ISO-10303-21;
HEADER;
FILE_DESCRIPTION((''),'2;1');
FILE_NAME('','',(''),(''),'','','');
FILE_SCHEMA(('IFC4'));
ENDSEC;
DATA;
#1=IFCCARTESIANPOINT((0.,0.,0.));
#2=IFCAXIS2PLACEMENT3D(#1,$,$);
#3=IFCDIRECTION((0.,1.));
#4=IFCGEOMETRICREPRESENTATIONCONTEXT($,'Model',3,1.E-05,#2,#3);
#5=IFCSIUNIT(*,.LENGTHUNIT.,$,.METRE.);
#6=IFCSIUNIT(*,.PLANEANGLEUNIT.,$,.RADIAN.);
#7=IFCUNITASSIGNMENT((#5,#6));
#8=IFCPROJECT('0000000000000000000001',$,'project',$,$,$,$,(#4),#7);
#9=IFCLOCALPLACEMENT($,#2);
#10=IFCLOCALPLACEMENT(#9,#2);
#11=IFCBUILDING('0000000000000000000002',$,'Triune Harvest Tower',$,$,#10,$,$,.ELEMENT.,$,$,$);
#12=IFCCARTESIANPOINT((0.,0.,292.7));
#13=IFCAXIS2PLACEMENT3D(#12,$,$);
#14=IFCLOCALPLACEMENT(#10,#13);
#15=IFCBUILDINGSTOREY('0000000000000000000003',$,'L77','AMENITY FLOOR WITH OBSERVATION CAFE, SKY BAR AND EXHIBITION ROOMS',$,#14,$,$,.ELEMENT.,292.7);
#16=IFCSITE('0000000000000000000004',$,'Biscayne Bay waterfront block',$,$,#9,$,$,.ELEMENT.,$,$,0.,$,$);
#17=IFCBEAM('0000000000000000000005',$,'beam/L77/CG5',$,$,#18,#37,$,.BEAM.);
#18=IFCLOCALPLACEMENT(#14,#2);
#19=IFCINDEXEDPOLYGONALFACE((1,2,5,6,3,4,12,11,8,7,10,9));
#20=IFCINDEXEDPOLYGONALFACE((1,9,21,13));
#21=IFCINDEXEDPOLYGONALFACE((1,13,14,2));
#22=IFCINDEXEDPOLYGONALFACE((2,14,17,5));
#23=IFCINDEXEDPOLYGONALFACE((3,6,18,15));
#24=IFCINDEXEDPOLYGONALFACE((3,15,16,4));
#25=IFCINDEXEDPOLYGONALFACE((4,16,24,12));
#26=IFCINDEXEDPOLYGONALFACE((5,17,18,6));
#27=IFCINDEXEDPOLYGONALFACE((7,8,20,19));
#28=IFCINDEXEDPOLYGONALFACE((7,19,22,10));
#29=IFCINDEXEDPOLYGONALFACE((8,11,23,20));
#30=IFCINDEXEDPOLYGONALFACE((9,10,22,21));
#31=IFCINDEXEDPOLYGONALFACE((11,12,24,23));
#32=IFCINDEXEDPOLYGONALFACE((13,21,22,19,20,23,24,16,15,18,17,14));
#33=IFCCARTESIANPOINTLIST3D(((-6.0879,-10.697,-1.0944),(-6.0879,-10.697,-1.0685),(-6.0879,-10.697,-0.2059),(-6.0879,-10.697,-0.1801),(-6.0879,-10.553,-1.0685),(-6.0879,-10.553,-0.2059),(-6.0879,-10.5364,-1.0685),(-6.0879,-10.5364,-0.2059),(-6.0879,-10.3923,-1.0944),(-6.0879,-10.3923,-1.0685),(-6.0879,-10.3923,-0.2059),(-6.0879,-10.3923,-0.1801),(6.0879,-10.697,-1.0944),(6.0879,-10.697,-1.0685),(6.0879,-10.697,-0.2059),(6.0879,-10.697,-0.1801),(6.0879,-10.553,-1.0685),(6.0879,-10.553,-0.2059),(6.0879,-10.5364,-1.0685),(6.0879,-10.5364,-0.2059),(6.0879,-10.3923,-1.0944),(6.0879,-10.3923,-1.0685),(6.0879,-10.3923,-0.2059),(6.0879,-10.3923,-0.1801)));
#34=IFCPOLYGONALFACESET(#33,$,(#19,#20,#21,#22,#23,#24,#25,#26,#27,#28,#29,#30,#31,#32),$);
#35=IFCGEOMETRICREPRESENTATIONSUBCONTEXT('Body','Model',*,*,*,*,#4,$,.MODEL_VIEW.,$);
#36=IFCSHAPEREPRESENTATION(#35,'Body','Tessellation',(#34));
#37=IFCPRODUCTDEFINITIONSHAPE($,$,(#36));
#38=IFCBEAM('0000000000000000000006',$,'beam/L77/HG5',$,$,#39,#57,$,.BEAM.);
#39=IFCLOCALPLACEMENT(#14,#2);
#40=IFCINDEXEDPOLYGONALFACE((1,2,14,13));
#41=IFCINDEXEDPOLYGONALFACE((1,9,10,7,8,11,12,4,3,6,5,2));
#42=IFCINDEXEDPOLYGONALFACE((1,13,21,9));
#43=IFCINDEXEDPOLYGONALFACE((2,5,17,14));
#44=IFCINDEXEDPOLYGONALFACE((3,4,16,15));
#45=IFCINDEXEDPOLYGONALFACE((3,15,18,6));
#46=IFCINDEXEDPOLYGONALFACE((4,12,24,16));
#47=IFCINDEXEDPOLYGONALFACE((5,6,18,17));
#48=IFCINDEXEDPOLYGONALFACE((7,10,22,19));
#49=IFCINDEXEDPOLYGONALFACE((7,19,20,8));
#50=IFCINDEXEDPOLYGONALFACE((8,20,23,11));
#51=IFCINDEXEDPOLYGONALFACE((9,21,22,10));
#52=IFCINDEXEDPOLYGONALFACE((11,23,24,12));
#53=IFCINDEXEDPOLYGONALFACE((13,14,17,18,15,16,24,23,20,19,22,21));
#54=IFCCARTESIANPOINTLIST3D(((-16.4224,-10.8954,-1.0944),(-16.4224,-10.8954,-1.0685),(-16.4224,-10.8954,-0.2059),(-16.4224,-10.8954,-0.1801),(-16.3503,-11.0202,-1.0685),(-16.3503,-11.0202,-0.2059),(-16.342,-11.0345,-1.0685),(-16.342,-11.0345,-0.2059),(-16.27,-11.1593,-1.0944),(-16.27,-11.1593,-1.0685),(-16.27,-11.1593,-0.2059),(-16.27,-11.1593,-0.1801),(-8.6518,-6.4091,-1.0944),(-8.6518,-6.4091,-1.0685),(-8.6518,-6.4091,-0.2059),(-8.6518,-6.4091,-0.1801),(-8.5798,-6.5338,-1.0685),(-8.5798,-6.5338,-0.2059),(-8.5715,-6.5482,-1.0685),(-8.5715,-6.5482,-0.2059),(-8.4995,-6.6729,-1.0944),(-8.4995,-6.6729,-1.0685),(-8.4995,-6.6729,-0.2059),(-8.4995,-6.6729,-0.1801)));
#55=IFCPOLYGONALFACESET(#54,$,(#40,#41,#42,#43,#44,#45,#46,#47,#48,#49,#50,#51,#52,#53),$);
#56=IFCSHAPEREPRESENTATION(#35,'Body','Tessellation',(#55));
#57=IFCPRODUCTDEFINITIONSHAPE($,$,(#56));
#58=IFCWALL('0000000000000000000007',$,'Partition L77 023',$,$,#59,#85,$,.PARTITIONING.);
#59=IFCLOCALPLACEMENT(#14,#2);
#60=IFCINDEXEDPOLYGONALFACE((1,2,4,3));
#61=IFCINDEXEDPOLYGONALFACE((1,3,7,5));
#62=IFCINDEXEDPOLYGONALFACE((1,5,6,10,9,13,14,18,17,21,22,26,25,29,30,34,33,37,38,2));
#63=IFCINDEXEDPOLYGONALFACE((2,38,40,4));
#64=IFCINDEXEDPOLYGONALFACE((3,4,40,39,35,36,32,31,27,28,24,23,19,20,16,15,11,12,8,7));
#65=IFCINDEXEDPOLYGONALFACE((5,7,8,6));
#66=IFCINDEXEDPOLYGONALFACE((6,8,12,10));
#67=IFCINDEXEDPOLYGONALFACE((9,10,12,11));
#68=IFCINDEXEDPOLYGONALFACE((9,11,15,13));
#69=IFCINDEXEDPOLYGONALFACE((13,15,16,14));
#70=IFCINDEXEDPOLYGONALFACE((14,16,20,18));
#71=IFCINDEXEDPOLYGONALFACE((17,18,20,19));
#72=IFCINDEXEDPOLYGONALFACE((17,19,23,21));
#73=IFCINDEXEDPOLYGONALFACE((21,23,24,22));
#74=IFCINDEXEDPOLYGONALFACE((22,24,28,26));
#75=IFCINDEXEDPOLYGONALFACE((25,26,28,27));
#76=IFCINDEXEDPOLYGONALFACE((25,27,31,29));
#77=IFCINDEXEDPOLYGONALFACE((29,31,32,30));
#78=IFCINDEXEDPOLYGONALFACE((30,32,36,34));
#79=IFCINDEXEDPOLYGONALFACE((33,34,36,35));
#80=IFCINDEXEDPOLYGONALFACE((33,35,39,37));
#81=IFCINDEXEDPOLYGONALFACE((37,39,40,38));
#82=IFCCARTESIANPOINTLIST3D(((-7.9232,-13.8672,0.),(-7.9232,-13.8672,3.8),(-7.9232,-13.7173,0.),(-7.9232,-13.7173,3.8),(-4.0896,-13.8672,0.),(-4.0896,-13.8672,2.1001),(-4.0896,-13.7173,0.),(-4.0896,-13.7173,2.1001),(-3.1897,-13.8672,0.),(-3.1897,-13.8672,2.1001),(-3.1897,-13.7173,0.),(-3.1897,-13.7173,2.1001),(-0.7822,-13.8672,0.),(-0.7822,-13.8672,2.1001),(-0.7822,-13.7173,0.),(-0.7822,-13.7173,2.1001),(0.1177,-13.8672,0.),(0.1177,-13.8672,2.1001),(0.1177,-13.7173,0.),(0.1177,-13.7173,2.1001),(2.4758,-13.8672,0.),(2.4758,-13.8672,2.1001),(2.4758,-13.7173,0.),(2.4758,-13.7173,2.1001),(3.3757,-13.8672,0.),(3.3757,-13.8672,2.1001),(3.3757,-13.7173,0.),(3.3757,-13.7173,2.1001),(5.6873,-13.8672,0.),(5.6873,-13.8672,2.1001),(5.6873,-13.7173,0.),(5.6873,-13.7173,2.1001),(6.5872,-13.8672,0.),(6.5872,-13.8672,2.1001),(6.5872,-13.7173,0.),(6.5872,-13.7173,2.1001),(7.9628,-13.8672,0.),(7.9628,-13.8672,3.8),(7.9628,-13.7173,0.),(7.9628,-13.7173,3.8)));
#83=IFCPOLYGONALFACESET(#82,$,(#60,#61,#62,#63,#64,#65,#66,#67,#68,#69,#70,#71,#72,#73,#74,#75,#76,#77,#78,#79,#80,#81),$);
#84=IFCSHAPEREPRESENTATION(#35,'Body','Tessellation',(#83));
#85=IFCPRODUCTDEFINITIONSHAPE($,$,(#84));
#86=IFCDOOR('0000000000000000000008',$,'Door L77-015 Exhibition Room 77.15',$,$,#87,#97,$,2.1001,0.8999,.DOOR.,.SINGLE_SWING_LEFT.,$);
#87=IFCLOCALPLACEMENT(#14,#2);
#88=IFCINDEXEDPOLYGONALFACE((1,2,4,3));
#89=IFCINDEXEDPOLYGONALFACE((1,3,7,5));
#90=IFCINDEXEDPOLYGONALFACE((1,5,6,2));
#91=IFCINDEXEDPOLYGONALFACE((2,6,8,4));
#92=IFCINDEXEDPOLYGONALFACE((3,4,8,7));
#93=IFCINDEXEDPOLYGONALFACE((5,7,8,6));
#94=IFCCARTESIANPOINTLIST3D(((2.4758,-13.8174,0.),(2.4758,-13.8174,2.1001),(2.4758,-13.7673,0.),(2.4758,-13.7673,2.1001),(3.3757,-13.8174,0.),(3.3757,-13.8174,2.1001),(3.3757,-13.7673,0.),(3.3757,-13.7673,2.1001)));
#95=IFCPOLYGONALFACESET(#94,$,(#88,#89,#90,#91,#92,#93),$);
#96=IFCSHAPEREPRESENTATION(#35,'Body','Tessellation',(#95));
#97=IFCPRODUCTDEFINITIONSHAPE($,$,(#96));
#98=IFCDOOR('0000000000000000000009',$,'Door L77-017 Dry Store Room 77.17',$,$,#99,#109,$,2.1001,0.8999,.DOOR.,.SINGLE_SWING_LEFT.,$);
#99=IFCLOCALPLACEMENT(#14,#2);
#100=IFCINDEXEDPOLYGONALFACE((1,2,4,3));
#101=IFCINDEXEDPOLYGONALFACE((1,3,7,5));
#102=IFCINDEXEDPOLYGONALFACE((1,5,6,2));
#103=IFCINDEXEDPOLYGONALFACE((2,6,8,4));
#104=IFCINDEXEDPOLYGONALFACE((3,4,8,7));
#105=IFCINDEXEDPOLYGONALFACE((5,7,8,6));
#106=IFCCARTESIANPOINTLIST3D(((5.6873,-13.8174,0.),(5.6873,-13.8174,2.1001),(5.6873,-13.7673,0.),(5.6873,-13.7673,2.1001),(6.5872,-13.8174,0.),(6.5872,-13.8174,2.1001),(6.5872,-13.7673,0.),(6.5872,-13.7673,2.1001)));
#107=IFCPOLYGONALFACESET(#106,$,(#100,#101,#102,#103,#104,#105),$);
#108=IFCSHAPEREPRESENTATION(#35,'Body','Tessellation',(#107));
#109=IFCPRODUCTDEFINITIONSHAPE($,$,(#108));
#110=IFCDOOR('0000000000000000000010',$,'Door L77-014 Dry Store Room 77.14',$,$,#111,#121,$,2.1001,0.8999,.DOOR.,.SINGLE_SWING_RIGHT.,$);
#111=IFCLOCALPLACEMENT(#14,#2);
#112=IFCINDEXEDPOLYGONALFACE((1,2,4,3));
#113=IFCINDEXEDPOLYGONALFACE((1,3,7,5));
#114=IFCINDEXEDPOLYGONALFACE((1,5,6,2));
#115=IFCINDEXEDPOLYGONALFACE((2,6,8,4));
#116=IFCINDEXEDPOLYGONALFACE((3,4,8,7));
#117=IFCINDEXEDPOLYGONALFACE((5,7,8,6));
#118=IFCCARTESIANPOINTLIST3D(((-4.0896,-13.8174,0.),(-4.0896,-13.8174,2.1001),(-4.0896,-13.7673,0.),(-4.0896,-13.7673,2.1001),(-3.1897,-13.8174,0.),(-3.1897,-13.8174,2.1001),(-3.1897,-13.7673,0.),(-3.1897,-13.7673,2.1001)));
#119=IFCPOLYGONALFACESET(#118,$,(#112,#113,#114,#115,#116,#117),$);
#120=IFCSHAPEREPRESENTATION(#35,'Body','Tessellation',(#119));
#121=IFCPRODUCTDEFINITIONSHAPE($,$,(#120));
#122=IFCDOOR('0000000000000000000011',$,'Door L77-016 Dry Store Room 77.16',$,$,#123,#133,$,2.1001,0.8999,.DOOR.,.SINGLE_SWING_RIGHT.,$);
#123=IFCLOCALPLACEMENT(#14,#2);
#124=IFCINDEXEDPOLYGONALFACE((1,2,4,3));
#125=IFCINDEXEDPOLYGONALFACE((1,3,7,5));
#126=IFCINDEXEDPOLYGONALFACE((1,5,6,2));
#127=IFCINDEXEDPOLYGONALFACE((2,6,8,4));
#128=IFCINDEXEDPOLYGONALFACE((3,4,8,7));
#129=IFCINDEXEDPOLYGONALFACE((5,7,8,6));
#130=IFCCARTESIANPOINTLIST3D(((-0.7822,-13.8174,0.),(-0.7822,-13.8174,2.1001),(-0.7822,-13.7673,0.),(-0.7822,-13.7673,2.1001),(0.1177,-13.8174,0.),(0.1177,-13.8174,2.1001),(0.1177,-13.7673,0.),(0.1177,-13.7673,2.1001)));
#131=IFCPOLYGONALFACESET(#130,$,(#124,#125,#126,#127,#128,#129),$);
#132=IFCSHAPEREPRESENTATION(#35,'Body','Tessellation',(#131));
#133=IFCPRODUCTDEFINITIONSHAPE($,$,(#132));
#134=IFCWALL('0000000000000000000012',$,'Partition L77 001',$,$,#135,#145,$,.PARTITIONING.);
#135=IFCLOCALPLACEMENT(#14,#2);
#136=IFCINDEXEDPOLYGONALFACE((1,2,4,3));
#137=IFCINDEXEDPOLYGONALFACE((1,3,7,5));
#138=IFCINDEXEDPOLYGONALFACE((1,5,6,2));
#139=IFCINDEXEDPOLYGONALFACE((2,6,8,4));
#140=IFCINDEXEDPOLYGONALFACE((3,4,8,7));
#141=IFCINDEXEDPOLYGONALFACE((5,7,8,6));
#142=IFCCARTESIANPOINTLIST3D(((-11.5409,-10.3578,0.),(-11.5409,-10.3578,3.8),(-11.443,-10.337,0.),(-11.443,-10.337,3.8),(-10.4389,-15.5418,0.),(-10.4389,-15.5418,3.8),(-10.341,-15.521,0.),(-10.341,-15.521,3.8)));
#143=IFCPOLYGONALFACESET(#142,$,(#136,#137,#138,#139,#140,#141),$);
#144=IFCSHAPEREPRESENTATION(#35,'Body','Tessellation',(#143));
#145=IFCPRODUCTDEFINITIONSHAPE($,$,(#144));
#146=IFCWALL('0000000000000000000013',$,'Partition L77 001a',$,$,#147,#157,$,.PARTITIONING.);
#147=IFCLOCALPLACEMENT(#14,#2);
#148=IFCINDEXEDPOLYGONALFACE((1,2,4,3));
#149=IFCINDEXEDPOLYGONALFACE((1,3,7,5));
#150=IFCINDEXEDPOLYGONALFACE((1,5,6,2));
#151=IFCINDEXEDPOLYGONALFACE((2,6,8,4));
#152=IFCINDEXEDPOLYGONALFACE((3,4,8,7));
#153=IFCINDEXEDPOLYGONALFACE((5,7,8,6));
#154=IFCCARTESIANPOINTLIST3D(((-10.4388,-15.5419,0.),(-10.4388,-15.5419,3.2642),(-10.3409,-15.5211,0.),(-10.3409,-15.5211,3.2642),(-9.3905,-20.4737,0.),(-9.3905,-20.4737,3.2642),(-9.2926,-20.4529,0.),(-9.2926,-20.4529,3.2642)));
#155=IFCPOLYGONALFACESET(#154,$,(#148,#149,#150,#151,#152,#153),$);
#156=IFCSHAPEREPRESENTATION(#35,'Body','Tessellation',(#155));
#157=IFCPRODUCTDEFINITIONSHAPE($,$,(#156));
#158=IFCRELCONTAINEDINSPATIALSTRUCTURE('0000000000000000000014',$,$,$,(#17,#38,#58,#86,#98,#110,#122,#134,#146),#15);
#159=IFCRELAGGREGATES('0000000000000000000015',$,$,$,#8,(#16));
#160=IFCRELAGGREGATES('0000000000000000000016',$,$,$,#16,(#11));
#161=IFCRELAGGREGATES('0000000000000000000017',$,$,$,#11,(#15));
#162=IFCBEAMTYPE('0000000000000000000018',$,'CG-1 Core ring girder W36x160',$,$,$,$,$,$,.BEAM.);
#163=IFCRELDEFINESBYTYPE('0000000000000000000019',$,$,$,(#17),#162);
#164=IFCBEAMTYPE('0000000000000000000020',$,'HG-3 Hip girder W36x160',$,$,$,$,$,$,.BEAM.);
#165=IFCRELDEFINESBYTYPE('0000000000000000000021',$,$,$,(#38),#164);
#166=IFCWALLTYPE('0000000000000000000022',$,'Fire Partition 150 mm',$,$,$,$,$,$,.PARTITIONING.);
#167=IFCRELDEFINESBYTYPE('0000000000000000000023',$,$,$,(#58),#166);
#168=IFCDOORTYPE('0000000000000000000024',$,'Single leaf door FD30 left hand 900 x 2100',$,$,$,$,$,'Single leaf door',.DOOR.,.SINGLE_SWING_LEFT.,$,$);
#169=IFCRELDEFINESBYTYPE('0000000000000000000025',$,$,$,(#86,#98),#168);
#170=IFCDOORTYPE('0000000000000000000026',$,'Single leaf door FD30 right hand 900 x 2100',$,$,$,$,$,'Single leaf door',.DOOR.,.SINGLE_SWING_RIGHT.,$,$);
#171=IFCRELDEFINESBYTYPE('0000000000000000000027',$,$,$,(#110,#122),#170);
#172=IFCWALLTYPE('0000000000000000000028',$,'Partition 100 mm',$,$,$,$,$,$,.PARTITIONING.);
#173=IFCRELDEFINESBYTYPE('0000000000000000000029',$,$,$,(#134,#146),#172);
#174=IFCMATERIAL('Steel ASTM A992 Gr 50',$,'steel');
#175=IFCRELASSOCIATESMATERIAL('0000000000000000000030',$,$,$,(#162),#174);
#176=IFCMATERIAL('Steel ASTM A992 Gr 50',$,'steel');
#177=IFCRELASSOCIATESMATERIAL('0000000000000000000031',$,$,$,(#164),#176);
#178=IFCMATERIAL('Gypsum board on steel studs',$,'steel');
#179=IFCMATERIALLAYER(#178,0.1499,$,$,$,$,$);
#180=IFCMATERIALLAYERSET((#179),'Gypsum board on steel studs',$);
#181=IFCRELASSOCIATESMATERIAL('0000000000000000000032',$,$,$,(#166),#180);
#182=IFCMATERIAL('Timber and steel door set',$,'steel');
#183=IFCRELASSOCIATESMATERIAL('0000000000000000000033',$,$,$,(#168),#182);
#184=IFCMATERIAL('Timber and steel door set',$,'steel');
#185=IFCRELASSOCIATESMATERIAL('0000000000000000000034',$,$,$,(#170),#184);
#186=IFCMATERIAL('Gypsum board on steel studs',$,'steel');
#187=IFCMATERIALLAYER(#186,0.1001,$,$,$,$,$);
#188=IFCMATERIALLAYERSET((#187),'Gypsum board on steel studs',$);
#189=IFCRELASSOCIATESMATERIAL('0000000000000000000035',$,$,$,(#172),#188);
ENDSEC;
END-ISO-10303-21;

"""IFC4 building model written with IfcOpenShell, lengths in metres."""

from ifc_helpers import new_model, si_unit, direction, frame, frame_2d, origin, origin_2d, place, context, subcontext, project, spatial, rectangle, i_section, extrude, source, transform, mapped, material, layer, layer_set, material_profile, profile_set, type_object, element, fill, save


model = new_model("IFC4")

# Units and contexts
model_context = context("Model", 3, precision=1e-05, world=origin(), true_north=direction((0.0, 1.0)))
body_context = subcontext(model_context, "Body", "Model", "MODEL_VIEW")
ifc_project = project(units=[si_unit("LENGTHUNIT", "METRE"), si_unit("PLANEANGLEUNIT", "RADIAN")], contexts=[model_context])

# Site, building, storey
site_placement = place(None, origin())
site = spatial("IfcSite", under=ifc_project, at=site_placement, Name="Biscayne Bay waterfront block", CompositionType="ELEMENT", RefElevation=0.0)
building_placement = place(site_placement, origin())
building = spatial("IfcBuilding", under=site, at=building_placement, Name="Triune Harvest Tower", CompositionType="ELEMENT")
storey_placement = place(building_placement, frame((0.0, 0.0, 292.7)))
storey = spatial("IfcBuildingStorey", under=building, at=storey_placement, Name="L77", Description="AMENITY FLOOR WITH OBSERVATION CAFE, SKY BAR AND EXHIBITION ROOMS", CompositionType="ELEMENT", Elevation=292.7)

# Beams
ifc_material_1 = material(Name="Steel ASTM A992 Gr 50", Category="steel")
ifc_material_profile_1 = material_profile(ifc_material_1, i_section(OverallWidth=0.3047, OverallDepth=0.9143, WebThickness=0.0166, FlangeThickness=0.0259, at=origin_2d()), Name="W36x160")
ifc_profile_set_1 = profile_set([ifc_material_profile_1], Name="Steel ASTM A992 Gr 50")
beam_type_1 = type_object("IfcBeamType", Name="CG-1 Core ring girder W36x160", PredefinedType="BEAM", material=ifc_profile_set_1)
shared_shape_1 = source(origin(), body_context, "Body", "SweptSolid", [
    extrude(i_section(OverallWidth=0.3047, OverallDepth=0.9143, WebThickness=0.0166, FlangeThickness=0.0259, at=origin_2d()), origin(), (0.0, 0.0, 1.0), 12.1758),
])
beam_1_placement = place(storey_placement, frame((-6.0879, -10.5447, -0.6372), z_axis=(1.0, 0.0, 0.0), x_axis=(0.0, 1.0, 0.0)))
element("IfcBeam", 1, at=beam_1_placement, inside=storey, type_object=beam_type_1, Name="beam/L77/CG5", PredefinedType="BEAM", context=body_context, shape_type="MappedRepresentation", body=[
    mapped(shared_shape_1, transform((0.0, 0.0, 0.0), scale=1.0)),
])
ifc_material_2 = material(Name="Steel ASTM A992 Gr 50", Category="steel")
ifc_material_profile_2 = material_profile(ifc_material_2, i_section(OverallWidth=0.3047, OverallDepth=0.9143, WebThickness=0.0166, FlangeThickness=0.0259, at=origin_2d()), Name="W36x160")
ifc_profile_set_2 = profile_set([ifc_material_profile_2], Name="Steel ASTM A992 Gr 50")
beam_type_2 = type_object("IfcBeamType", Name="HG-3 Hip girder W36x160", PredefinedType="BEAM", material=ifc_profile_set_2)
shared_shape_2 = source(origin(), body_context, "Body", "SweptSolid", [
    extrude(i_section(OverallWidth=0.3047, OverallDepth=0.9143, WebThickness=0.0166, FlangeThickness=0.0259, at=origin_2d()), origin(), (0.0, 0.0, 1.0), 8.9727),
])
beam_2_placement = place(storey_placement, frame((-16.3462, -11.0273, -0.6372), z_axis=(0.866024, 0.500002, 0.0), x_axis=(-0.500002, 0.866024, 0.0)))
element("IfcBeam", 2, at=beam_2_placement, inside=storey, type_object=beam_type_2, Name="beam/L77/HG5", PredefinedType="BEAM", context=body_context, shape_type="MappedRepresentation", body=[
    mapped(shared_shape_2, transform((0.0, 0.0, 0.0), scale=1.0)),
])

# Wall, openings, doors
ifc_material_3 = material(Name="Gypsum board on steel studs", Category="steel")
ifc_layer_1 = layer(ifc_material_3, 0.1499)
ifc_layer_set_1 = layer_set([ifc_layer_1], Name="Gypsum board on steel studs")
wall_type_1 = type_object("IfcWallType", Name="Fire Partition 150 mm", PredefinedType="PARTITIONING", material=ifc_layer_set_1)
wall_1_placement = place(storey_placement, frame((-7.9231, -13.7922, 0.0), z_axis=(0.0, 0.0, 1.0), x_axis=(1.0, 0.0, 0.0)))
wall_1 = element("IfcWall", 3, at=wall_1_placement, inside=storey, type_object=wall_type_1, Name="Partition L77 023", PredefinedType="PARTITIONING", context=body_context, shape_type="SweptSolid", body=[
    extrude(rectangle(XDim=15.886, YDim=0.1499, at=frame_2d((7.9429, 0.0))), origin(), (0.0, 0.0, 1.0), 3.8),
])
opening_1_placement = place(wall_1_placement, frame((3.8335, 0.0, 0.0)))
opening_1 = element("IfcOpeningElement", 4, at=opening_1_placement, cuts=wall_1, PredefinedType="OPENING", context=body_context, shape_type="SweptSolid", body=[
    extrude(rectangle(XDim=0.8999, YDim=2.1001, at=frame_2d((0.45, 1.05))), frame((0.0, 0.085, 0.0), z_axis=(0.0, -1.0, 0.0), x_axis=(1.0, 0.0, 0.0)), (0.0, 0.0, 1.0), 0.1699),
])
opening_2_placement = place(wall_1_placement, frame((10.3989, 0.0, 0.0)))
opening_2 = element("IfcOpeningElement", 5, at=opening_2_placement, cuts=wall_1, PredefinedType="OPENING", context=body_context, shape_type="SweptSolid", body=[
    extrude(rectangle(XDim=0.8999, YDim=2.1001, at=frame_2d((0.45, 1.05))), frame((0.0, 0.085, 0.0), z_axis=(0.0, -1.0, 0.0), x_axis=(1.0, 0.0, 0.0)), (0.0, 0.0, 1.0), 0.1699),
])
opening_3_placement = place(wall_1_placement, frame((7.1409, 0.0, 0.0)))
opening_3 = element("IfcOpeningElement", 6, at=opening_3_placement, cuts=wall_1, PredefinedType="OPENING", context=body_context, shape_type="SweptSolid", body=[
    extrude(rectangle(XDim=0.8999, YDim=2.1001, at=frame_2d((0.45, 1.05))), frame((0.0, 0.085, 0.0), z_axis=(0.0, -1.0, 0.0), x_axis=(1.0, 0.0, 0.0)), (0.0, 0.0, 1.0), 0.1699),
])
opening_4_placement = place(wall_1_placement, frame((13.6104, 0.0, 0.0)))
opening_4 = element("IfcOpeningElement", 7, at=opening_4_placement, cuts=wall_1, PredefinedType="OPENING", context=body_context, shape_type="SweptSolid", body=[
    extrude(rectangle(XDim=0.8999, YDim=2.1001, at=frame_2d((0.45, 1.05))), frame((0.0, 0.085, 0.0), z_axis=(0.0, -1.0, 0.0), x_axis=(1.0, 0.0, 0.0)), (0.0, 0.0, 1.0), 0.1699),
])
ifc_material_4 = material(Name="Timber and steel door set", Category="steel")
door_type_1 = type_object("IfcDoorType", Name="Single leaf door FD30 left hand 900 x 2100", ElementType="Single leaf door", OperationType="SINGLE_SWING_LEFT", PredefinedType="DOOR", material=ifc_material_4)
door_1_placement = place(opening_2_placement, origin())
door_1 = element("IfcDoor", 8, at=door_1_placement, inside=storey, type_object=door_type_1, Name="Door L77-015 Exhibition Room 77.15", OperationType="SINGLE_SWING_LEFT", OverallHeight=2.1001, OverallWidth=0.8999, PredefinedType="DOOR", context=body_context, shape_type="SweptSolid", body=[
    extrude(rectangle(XDim=0.8999, YDim=2.1001, at=frame_2d((0.45, 1.05))), frame((0.0, 0.0249, 0.0), z_axis=(0.0, -1.0, 0.0), x_axis=(1.0, 0.0, 0.0)), (0.0, 0.0, 1.0), 0.05),
])
fill(opening_2, door_1)
door_2_placement = place(opening_4_placement, origin())
door_2 = element("IfcDoor", 9, at=door_2_placement, inside=storey, type_object=door_type_1, Name="Door L77-017 Dry Store Room 77.17", OperationType="SINGLE_SWING_LEFT", OverallHeight=2.1001, OverallWidth=0.8999, PredefinedType="DOOR", context=body_context, shape_type="SweptSolid", body=[
    extrude(rectangle(XDim=0.8999, YDim=2.1001, at=frame_2d((0.45, 1.05))), frame((0.0, 0.0249, 0.0), z_axis=(0.0, -1.0, 0.0), x_axis=(1.0, 0.0, 0.0)), (0.0, 0.0, 1.0), 0.05),
])
fill(opening_4, door_2)
ifc_material_5 = material(Name="Timber and steel door set", Category="steel")
door_type_2 = type_object("IfcDoorType", Name="Single leaf door FD30 right hand 900 x 2100", ElementType="Single leaf door", OperationType="SINGLE_SWING_RIGHT", PredefinedType="DOOR", material=ifc_material_5)
door_3_placement = place(opening_1_placement, origin())
door_3 = element("IfcDoor", 10, at=door_3_placement, inside=storey, type_object=door_type_2, Name="Door L77-014 Dry Store Room 77.14", OperationType="SINGLE_SWING_RIGHT", OverallHeight=2.1001, OverallWidth=0.8999, PredefinedType="DOOR", context=body_context, shape_type="SweptSolid", body=[
    extrude(rectangle(XDim=0.8999, YDim=2.1001, at=frame_2d((0.45, 1.05))), frame((0.0, 0.0249, 0.0), z_axis=(0.0, -1.0, 0.0), x_axis=(1.0, 0.0, 0.0)), (0.0, 0.0, 1.0), 0.05),
])
fill(opening_1, door_3)
door_4_placement = place(opening_3_placement, origin())
door_4 = element("IfcDoor", 11, at=door_4_placement, inside=storey, type_object=door_type_2, Name="Door L77-016 Dry Store Room 77.16", OperationType="SINGLE_SWING_RIGHT", OverallHeight=2.1001, OverallWidth=0.8999, PredefinedType="DOOR", context=body_context, shape_type="SweptSolid", body=[
    extrude(rectangle(XDim=0.8999, YDim=2.1001, at=frame_2d((0.45, 1.05))), frame((0.0, 0.0249, 0.0), z_axis=(0.0, -1.0, 0.0), x_axis=(1.0, 0.0, 0.0)), (0.0, 0.0, 1.0), 0.05),
])
fill(opening_3, door_4)

# Walls
ifc_material_6 = material(Name="Gypsum board on steel studs", Category="steel")
ifc_layer_2 = layer(ifc_material_6, 0.1001)
ifc_layer_set_2 = layer_set([ifc_layer_2], Name="Gypsum board on steel studs")
wall_type_2 = type_object("IfcWallType", Name="Partition 100 mm", PredefinedType="PARTITIONING", material=ifc_layer_set_2)
wall_2_placement = place(storey_placement, frame((-11.4919, -10.3474, 0.0), z_axis=(0.0, 0.0, 1.0), x_axis=(0.207937, -0.978142, 0.0)))
element("IfcWall", 12, at=wall_2_placement, inside=storey, type_object=wall_type_2, Name="Partition L77 001", PredefinedType="PARTITIONING", context=body_context, shape_type="SweptSolid", body=[
    extrude(rectangle(XDim=5.2998, YDim=0.1001, at=frame_2d((2.6499, 0.0))), origin(), (0.0, 0.0, 1.0), 3.8),
])
wall_3_placement = place(storey_placement, frame((-10.3899, -15.5315, 0.0), z_axis=(0.0, 0.0, 1.0), x_axis=(0.207918, -0.978146, 0.0)))
element("IfcWall", 13, at=wall_3_placement, inside=storey, type_object=wall_type_2, Name="Partition L77 001a", PredefinedType="PARTITIONING", context=body_context, shape_type="SweptSolid", body=[
    extrude(rectangle(XDim=5.042, YDim=0.1001, at=frame_2d((2.521, 0.0))), origin(), (0.0, 0.0, 1.0), 3.2642),
])

save(model, "model.ifc")
